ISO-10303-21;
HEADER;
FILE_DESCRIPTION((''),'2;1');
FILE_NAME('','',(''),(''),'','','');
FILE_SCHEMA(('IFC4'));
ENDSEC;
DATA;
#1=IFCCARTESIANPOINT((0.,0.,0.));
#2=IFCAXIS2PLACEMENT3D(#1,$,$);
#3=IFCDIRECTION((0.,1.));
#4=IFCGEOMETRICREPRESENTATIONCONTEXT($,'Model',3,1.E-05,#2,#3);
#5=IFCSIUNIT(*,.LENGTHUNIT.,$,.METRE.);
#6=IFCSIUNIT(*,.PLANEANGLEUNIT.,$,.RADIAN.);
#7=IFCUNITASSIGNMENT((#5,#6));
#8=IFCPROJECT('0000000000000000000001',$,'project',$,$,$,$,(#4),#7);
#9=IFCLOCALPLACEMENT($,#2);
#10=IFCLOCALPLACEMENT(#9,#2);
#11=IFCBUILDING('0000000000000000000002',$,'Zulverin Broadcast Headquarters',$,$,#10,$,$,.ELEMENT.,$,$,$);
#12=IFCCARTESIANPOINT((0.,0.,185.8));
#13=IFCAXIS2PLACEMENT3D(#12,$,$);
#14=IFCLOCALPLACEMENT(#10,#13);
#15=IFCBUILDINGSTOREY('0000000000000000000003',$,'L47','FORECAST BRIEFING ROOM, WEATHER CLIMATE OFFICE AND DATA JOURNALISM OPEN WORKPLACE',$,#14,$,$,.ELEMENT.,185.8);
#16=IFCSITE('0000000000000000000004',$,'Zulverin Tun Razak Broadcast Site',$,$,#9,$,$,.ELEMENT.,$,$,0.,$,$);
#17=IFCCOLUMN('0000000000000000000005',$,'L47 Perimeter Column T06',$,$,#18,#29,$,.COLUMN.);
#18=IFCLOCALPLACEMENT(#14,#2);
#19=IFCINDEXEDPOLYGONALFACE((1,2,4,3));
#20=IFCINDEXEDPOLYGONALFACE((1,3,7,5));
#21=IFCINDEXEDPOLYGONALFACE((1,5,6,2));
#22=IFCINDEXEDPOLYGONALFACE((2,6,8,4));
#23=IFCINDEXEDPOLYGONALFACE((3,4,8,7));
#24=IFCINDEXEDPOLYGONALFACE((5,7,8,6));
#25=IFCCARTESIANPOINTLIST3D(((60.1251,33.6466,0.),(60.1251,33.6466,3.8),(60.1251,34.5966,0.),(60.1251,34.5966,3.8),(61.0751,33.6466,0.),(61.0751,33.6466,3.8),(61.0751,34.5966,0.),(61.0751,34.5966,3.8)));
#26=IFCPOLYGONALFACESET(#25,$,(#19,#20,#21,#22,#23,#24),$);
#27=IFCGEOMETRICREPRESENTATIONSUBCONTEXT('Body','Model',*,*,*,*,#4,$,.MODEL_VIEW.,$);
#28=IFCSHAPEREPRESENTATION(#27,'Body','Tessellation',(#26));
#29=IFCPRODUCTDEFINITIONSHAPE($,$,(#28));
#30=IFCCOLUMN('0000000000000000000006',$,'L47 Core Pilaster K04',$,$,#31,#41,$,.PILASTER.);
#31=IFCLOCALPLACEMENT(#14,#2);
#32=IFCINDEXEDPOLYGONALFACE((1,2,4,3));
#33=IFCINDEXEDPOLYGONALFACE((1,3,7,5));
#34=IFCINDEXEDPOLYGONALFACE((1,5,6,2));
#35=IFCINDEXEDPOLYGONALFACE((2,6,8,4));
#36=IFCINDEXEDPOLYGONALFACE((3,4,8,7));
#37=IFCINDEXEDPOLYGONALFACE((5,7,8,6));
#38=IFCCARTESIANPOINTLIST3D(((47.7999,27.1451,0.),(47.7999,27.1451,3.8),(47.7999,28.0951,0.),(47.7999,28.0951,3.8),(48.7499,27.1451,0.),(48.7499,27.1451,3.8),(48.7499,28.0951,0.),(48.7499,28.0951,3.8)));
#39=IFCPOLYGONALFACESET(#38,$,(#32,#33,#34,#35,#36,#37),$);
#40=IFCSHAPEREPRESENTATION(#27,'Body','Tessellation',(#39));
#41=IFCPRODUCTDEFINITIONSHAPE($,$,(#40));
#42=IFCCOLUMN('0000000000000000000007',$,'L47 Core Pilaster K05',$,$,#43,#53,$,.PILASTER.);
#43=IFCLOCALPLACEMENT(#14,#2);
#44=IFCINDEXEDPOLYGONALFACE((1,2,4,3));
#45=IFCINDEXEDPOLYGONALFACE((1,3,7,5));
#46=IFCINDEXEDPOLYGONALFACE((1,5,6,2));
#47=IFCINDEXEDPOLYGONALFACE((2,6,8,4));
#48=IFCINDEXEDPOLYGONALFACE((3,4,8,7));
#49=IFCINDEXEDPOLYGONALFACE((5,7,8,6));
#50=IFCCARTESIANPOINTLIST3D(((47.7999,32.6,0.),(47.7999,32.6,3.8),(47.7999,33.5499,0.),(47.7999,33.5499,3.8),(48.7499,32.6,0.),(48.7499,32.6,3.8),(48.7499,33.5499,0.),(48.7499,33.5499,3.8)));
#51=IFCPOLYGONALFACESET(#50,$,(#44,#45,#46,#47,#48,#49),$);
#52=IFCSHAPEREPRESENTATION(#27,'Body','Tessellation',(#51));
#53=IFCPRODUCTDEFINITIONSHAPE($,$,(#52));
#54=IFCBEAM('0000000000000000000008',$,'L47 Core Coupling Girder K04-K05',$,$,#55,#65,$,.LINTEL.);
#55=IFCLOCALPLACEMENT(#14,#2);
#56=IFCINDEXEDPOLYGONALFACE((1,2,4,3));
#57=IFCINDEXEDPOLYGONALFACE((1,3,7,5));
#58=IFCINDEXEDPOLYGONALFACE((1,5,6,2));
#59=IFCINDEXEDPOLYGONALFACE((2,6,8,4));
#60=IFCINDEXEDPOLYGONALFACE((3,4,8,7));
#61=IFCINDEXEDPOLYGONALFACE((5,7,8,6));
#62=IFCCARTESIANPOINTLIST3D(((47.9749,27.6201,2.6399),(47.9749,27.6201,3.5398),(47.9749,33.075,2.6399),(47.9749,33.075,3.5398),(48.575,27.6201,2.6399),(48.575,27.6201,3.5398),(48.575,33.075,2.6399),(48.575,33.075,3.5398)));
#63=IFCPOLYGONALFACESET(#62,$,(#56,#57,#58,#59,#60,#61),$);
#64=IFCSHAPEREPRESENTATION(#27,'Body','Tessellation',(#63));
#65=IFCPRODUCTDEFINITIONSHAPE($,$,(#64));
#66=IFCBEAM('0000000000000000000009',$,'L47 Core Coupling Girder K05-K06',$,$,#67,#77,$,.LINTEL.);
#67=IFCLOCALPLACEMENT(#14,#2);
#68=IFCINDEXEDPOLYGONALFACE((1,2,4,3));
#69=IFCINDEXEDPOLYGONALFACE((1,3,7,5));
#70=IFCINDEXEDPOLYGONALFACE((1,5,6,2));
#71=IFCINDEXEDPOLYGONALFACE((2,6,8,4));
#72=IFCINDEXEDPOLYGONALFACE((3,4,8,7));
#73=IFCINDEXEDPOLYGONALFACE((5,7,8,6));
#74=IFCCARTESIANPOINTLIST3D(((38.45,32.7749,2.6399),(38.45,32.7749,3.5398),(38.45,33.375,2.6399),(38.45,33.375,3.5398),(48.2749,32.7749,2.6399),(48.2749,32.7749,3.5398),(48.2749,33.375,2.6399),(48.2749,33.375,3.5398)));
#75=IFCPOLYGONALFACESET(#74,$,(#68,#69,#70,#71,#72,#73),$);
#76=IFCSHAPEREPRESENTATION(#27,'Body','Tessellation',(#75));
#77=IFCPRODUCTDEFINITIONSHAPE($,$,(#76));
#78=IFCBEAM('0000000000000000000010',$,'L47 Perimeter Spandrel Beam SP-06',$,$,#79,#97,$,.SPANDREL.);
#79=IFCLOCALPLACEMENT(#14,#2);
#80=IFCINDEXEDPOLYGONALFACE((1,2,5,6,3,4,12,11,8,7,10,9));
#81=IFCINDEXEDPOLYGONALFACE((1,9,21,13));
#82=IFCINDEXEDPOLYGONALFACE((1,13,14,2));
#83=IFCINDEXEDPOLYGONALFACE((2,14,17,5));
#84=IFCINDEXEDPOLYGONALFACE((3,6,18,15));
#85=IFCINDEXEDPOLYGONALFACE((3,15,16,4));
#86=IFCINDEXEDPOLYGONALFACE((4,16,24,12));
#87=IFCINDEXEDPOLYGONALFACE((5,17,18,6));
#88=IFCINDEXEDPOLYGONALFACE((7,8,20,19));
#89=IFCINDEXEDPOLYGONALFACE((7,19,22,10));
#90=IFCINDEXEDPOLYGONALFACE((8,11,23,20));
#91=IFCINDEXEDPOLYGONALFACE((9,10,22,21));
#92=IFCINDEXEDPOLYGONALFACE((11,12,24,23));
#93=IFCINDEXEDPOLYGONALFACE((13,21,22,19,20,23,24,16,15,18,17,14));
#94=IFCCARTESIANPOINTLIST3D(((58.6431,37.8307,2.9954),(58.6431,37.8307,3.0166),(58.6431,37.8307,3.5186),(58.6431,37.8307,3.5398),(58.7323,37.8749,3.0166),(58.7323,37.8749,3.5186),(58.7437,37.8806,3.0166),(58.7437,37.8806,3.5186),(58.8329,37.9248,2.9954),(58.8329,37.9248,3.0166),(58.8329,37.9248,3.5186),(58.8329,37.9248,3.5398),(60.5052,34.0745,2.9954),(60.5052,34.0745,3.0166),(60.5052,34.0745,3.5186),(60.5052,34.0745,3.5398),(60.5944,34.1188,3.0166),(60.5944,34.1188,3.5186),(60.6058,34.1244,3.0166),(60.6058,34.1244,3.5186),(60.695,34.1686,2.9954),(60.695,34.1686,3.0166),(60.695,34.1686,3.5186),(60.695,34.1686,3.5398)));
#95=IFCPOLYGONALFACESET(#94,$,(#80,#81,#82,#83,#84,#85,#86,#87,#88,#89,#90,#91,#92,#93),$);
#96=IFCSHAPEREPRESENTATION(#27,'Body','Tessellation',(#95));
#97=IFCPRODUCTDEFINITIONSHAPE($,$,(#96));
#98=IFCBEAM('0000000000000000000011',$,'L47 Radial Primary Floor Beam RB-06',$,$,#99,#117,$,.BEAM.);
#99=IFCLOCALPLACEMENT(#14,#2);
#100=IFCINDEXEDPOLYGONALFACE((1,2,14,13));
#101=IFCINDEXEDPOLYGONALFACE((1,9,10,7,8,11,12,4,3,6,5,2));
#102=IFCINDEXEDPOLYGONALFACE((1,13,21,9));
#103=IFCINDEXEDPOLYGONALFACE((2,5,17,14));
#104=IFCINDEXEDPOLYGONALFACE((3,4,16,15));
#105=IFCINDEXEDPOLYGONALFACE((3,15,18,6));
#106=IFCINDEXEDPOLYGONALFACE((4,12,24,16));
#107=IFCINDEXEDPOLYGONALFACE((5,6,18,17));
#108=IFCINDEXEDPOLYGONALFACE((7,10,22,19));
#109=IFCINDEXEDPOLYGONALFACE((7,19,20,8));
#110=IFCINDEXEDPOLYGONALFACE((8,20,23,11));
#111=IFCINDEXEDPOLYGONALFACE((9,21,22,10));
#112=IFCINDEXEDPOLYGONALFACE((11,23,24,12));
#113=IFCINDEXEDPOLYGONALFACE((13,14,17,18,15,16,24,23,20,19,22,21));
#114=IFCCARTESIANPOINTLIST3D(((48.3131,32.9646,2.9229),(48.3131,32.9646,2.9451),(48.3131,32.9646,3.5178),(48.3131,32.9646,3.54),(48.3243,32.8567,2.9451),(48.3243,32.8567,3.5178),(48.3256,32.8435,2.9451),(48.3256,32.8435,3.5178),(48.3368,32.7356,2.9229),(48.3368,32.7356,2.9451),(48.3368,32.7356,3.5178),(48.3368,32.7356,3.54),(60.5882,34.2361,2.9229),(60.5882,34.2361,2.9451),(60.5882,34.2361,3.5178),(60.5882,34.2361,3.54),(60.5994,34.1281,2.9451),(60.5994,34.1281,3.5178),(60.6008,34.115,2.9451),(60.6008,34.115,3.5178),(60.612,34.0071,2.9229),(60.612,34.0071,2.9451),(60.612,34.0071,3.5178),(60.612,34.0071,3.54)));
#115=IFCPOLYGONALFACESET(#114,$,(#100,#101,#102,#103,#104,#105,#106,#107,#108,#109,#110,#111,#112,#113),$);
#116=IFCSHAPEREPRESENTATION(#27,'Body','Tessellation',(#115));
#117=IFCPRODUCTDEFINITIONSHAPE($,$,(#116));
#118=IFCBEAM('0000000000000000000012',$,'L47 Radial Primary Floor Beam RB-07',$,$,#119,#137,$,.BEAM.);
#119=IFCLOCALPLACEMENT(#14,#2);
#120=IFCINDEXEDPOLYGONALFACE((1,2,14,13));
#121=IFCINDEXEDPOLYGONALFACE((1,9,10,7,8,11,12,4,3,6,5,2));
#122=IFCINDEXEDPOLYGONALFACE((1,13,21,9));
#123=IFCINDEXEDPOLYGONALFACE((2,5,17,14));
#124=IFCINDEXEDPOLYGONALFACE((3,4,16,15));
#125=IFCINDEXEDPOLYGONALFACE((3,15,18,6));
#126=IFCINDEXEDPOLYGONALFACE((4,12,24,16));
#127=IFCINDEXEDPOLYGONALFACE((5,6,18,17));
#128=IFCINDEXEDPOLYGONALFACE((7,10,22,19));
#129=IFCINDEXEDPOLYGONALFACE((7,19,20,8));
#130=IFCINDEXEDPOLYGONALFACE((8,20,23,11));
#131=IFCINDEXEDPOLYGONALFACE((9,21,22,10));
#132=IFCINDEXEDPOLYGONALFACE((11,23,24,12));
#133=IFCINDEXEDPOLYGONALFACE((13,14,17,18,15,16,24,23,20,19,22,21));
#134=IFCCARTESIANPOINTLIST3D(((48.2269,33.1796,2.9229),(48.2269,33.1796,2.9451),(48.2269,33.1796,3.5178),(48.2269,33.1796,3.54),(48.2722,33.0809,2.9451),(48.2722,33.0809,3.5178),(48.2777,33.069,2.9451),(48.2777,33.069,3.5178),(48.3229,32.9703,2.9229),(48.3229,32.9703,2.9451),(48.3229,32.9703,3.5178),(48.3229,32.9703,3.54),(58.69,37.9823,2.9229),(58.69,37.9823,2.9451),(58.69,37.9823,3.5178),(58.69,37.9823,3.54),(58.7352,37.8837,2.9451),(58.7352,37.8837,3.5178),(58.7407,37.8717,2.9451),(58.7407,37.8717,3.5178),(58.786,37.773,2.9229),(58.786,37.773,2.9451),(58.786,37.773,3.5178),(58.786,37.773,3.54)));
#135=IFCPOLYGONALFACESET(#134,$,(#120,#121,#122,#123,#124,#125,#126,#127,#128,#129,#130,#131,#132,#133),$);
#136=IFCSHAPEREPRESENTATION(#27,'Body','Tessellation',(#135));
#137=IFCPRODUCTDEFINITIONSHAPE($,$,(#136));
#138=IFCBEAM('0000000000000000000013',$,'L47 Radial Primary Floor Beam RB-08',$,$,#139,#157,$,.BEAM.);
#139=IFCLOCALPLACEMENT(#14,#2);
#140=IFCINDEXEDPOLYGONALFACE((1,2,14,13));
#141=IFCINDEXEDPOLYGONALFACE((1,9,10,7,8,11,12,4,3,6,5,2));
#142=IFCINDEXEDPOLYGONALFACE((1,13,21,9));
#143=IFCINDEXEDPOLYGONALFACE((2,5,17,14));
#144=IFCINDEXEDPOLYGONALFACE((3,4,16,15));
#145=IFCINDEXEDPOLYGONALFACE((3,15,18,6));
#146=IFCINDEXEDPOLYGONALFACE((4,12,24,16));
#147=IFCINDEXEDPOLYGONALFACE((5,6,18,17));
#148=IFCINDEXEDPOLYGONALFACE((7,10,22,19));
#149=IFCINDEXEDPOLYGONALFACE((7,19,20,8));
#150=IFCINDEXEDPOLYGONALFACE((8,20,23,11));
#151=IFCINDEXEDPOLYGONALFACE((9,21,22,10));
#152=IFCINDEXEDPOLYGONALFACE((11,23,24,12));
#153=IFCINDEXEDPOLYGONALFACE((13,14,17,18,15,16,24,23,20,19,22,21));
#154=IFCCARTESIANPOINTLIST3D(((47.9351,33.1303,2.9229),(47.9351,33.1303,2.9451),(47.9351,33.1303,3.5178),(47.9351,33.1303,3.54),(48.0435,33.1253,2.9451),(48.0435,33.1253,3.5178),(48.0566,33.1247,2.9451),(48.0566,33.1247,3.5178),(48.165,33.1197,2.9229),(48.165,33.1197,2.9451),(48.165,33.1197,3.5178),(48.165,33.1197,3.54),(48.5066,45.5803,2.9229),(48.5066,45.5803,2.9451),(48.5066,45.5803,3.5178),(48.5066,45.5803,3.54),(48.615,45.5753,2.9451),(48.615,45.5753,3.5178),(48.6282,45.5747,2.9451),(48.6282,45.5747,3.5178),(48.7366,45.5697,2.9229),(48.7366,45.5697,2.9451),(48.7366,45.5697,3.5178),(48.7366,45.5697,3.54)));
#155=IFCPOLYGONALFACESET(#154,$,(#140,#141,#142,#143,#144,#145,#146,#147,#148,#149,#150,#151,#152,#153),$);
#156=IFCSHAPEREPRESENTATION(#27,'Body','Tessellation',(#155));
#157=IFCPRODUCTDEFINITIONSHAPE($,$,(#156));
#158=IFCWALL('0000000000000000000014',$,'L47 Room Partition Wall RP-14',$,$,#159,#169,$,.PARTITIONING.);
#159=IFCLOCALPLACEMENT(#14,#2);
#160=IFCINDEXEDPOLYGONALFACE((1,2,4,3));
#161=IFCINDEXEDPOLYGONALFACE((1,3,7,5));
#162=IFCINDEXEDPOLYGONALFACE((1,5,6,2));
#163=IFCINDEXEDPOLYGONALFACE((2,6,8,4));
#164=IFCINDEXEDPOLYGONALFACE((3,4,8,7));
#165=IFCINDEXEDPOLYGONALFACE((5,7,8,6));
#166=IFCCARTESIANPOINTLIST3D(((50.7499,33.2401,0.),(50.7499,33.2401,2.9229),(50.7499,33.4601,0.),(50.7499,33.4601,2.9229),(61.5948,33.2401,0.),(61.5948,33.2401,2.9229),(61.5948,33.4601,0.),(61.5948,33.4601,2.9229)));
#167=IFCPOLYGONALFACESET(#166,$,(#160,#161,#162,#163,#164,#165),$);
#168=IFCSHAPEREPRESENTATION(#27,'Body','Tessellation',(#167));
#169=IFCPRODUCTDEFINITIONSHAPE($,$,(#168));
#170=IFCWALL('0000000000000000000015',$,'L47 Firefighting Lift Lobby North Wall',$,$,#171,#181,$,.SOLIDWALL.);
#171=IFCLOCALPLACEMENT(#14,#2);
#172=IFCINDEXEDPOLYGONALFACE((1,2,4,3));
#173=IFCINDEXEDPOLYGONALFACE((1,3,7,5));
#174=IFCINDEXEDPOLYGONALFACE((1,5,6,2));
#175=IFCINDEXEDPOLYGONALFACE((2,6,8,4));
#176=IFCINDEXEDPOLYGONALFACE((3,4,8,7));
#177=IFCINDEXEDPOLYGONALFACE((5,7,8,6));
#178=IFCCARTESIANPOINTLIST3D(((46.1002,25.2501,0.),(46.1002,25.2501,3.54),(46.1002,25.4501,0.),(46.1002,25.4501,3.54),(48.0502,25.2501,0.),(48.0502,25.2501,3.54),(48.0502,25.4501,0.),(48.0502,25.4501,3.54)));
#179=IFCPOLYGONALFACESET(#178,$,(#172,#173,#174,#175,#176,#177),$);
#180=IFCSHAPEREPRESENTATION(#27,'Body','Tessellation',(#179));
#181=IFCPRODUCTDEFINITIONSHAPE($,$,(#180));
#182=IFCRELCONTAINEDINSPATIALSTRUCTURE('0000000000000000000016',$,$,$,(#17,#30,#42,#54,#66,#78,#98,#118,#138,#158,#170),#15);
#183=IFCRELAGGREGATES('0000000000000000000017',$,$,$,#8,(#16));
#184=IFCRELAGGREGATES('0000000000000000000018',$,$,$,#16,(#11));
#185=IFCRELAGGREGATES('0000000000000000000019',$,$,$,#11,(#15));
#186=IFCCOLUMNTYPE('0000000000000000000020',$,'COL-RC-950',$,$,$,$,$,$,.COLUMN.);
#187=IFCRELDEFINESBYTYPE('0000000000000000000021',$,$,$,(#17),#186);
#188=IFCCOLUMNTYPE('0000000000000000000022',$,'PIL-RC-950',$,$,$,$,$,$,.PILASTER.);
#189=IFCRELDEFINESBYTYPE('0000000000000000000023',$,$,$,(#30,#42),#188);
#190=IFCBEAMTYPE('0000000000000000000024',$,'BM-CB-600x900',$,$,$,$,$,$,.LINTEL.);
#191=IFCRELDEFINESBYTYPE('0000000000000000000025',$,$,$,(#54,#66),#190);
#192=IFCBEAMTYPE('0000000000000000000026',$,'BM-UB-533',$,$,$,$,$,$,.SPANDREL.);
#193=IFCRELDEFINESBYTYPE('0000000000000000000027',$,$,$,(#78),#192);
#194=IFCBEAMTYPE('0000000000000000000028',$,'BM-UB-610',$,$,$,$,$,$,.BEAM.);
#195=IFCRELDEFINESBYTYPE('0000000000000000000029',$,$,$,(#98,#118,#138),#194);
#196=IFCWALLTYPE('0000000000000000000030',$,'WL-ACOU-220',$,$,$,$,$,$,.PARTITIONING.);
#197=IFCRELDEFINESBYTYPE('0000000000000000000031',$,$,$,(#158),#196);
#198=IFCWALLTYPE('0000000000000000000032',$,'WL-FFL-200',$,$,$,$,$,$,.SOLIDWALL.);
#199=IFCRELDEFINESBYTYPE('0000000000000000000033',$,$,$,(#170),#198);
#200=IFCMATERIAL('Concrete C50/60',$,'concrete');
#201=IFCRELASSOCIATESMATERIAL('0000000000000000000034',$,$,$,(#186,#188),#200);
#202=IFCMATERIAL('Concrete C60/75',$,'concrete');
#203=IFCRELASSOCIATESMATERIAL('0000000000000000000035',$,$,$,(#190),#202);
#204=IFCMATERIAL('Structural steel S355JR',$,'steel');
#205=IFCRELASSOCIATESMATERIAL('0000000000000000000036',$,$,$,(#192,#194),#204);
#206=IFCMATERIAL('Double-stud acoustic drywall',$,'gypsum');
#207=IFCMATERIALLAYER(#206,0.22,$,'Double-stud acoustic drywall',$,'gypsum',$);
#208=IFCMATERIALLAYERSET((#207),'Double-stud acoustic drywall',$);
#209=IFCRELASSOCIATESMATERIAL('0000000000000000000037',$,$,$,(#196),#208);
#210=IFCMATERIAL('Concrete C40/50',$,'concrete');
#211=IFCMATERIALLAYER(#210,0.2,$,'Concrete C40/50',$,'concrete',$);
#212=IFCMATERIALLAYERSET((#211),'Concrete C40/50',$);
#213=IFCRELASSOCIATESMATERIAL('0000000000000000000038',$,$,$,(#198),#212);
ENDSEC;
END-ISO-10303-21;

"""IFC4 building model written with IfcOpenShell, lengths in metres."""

from ifc_helpers import new_model, si_unit, direction, frame, frame_2d, origin, origin_2d, place, context, subcontext, project, spatial, rectangle, i_section, extrude, material, layer, layer_set, material_profile, profile_set, type_object, element, save


model = new_model("IFC4")

# Units and contexts
model_context = context("Model", 3, precision=1e-05, world=origin(), true_north=direction((0.0, 1.0)))
body_context = subcontext(model_context, "Body", "Model", "MODEL_VIEW")
ifc_project = project(units=[si_unit("LENGTHUNIT", "METRE"), si_unit("PLANEANGLEUNIT", "RADIAN")], contexts=[model_context])

# Site, building, storey
site_placement = place(None, origin())
site = spatial("IfcSite", under=ifc_project, at=site_placement, Name="Zulverin Tun Razak Broadcast Site", CompositionType="ELEMENT", RefElevation=0.0)
building_placement = place(site_placement, origin())
building = spatial("IfcBuilding", under=site, at=building_placement, Name="Zulverin Broadcast Headquarters", CompositionType="ELEMENT")
storey_placement = place(building_placement, frame((0.0, 0.0, 185.8)))
storey = spatial("IfcBuildingStorey", under=building, at=storey_placement, Name="L47", Description="FORECAST BRIEFING ROOM, WEATHER CLIMATE OFFICE AND DATA JOURNALISM OPEN WORKPLACE", CompositionType="ELEMENT", Elevation=185.8)

# Columns
ifc_material_1 = material(Name="Concrete C50/60", Category="concrete")
ifc_material_profile_1 = material_profile(ifc_material_1, rectangle(XDim=0.95, YDim=0.95, at=origin_2d()), Name="Concrete C50/60", Category="concrete")
ifc_profile_set_1 = profile_set([ifc_material_profile_1], Name="Concrete C50/60")
column_type_1 = type_object("IfcColumnType", Name="COL-RC-950", PredefinedType="COLUMN", material=ifc_profile_set_1)
column_placement = place(storey_placement, frame((60.6001, 34.1216, 0.0), z_axis=(0.0, 0.0, 1.0), x_axis=(1.0, 0.0, 0.0)))
element("IfcColumn", 1, at=column_placement, inside=storey, type_object=column_type_1, Name="L47 Perimeter Column T06", PredefinedType="COLUMN", context=body_context, shape_type="SweptSolid", body=[
    extrude(rectangle(XDim=0.95, YDim=0.95, at=origin_2d()), origin(), (0.0, 0.0, 1.0), 3.8),
])
ifc_material_profile_2 = material_profile(ifc_material_1, rectangle(XDim=0.95, YDim=0.95, at=origin_2d()), Name="Concrete C50/60", Category="concrete")
ifc_profile_set_2 = profile_set([ifc_material_profile_2], Name="Concrete C50/60")
column_type_2 = type_object("IfcColumnType", Name="PIL-RC-950", PredefinedType="PILASTER", material=ifc_profile_set_2)
for number, where, z_axis, x_axis, name in (
    (2, (48.2749, 27.6201, 0.0), (0.0, 0.0, 1.0), (1.0, 0.0, 0.0), "L47 Core Pilaster K04"),
    (3, (48.2749, 33.075, 0.0), (0.0, 0.0, 1.0), (1.0, 0.0, 0.0), "L47 Core Pilaster K05"),
):
    element("IfcColumn", number, at=place(storey_placement, frame(where, z_axis=z_axis, x_axis=x_axis)), inside=storey, type_object=column_type_2, Name=name, PredefinedType="PILASTER", context=body_context, shape_type="SweptSolid", body=[
        extrude(rectangle(XDim=0.95, YDim=0.95, at=origin_2d()), origin(), (0.0, 0.0, 1.0), 3.8),
    ])

# Beams
ifc_material_2 = material(Name="Concrete C60/75", Category="concrete")
ifc_material_profile_3 = material_profile(ifc_material_2, rectangle(XDim=0.6001, YDim=0.8999, at=origin_2d()), Name="Concrete C60/75", Category="concrete")
ifc_profile_set_3 = profile_set([ifc_material_profile_3], Name="Concrete C60/75")
beam_type_1 = type_object("IfcBeamType", Name="BM-CB-600x900", PredefinedType="LINTEL", material=ifc_profile_set_3)
beam_1_placement = place(storey_placement, frame((48.2749, 27.6201, 3.0898), z_axis=(0.0, 1.0, 0.0), x_axis=(-1.0, 0.0, 0.0)))
element("IfcBeam", 4, at=beam_1_placement, inside=storey, type_object=beam_type_1, Name="L47 Core Coupling Girder K04-K05", PredefinedType="LINTEL", context=body_context, shape_type="SweptSolid", body=[
    extrude(rectangle(XDim=0.6001, YDim=0.8999, at=origin_2d()), origin(), (0.0, 0.0, 1.0), 5.4548),
])
beam_2_placement = place(storey_placement, frame((48.2749, 33.075, 3.0898), z_axis=(-1.0, 0.0, 0.0), x_axis=(0.0, -1.0, 0.0)))
element("IfcBeam", 5, at=beam_2_placement, inside=storey, type_object=beam_type_1, Name="L47 Core Coupling Girder K05-K06", PredefinedType="LINTEL", context=body_context, shape_type="SweptSolid", body=[
    extrude(rectangle(XDim=0.6001, YDim=0.8999, at=origin_2d()), origin(), (0.0, 0.0, 1.0), 9.825),
])
ifc_material_3 = material(Name="Structural steel S355JR", Category="steel")
ifc_material_profile_4 = material_profile(ifc_material_3, i_section(OverallWidth=0.2119, OverallDepth=0.5444, WebThickness=0.0127, FlangeThickness=0.0212, at=origin_2d()), Name="Structural steel S355JR", Category="steel")
ifc_profile_set_4 = profile_set([ifc_material_profile_4], Name="Structural steel S355JR")
beam_type_2 = type_object("IfcBeamType", Name="BM-UB-533", PredefinedType="SPANDREL", material=ifc_profile_set_4)
beam_3_placement = place(storey_placement, frame((60.6001, 34.1216, 3.2676), z_axis=(-0.444159, 0.895948, 0.0), x_axis=(-0.895948, -0.444159, 0.0)))
element("IfcBeam", 6, at=beam_3_placement, inside=storey, type_object=beam_type_2, Name="L47 Perimeter Spandrel Beam SP-06", PredefinedType="SPANDREL", context=body_context, shape_type="SweptSolid", body=[
    extrude(i_section(OverallWidth=0.2119, OverallDepth=0.5444, WebThickness=0.0127, FlangeThickness=0.0212, at=origin_2d()), origin(), (0.0, 0.0, 1.0), 4.1924),
])
ifc_material_profile_5 = material_profile(ifc_material_3, i_section(OverallWidth=0.2302, OverallDepth=0.6172, WebThickness=0.0132, FlangeThickness=0.0222, at=origin_2d()), Name="Structural steel S355JR", Category="steel")
ifc_profile_set_5 = profile_set([ifc_material_profile_5], Name="Structural steel S355JR")
beam_type_3 = type_object("IfcBeamType", Name="BM-UB-610", PredefinedType="BEAM", material=ifc_profile_set_5)
beam_4_placement = place(storey_placement, frame((48.325, 32.8501, 3.2314), z_axis=(0.994678, 0.103031, 0.0), x_axis=(-0.103031, 0.994678, 0.0)))
element("IfcBeam", 7, at=beam_4_placement, inside=storey, type_object=beam_type_3, Name="L47 Radial Primary Floor Beam RB-06", PredefinedType="BEAM", context=body_context, shape_type="SweptSolid", body=[
    extrude(i_section(OverallWidth=0.2302, OverallDepth=0.6172, WebThickness=0.0132, FlangeThickness=0.0222, at=origin_2d()), origin(), (0.0, 0.0, 1.0), 12.3408),
])
beam_5_placement = place(storey_placement, frame((48.2749, 33.075, 3.2314), z_axis=(0.90883, 0.417167, 0.0), x_axis=(-0.417167, 0.90883, 0.0)))
element("IfcBeam", 8, at=beam_5_placement, inside=storey, type_object=beam_type_3, Name="L47 Radial Primary Floor Beam RB-07", PredefinedType="BEAM", context=body_context, shape_type="SweptSolid", body=[
    extrude(i_section(OverallWidth=0.2302, OverallDepth=0.6172, WebThickness=0.0132, FlangeThickness=0.0222, at=origin_2d()), origin(), (0.0, 0.0, 1.0), 11.5127),
])
beam_6_placement = place(storey_placement, frame((48.05, 33.125, 3.2314), z_axis=(0.045858, 0.998948, 0.0), x_axis=(-0.998948, 0.045858, 0.0)))
element("IfcBeam", 9, at=beam_6_placement, inside=storey, type_object=beam_type_3, Name="L47 Radial Primary Floor Beam RB-08", PredefinedType="BEAM", context=body_context, shape_type="SweptSolid", body=[
    extrude(i_section(OverallWidth=0.2302, OverallDepth=0.6172, WebThickness=0.0132, FlangeThickness=0.0222, at=origin_2d()), origin(), (0.0, 0.0, 1.0), 12.4631),
])

# Walls
ifc_material_4 = material(Name="Double-stud acoustic drywall", Category="gypsum")
ifc_layer_1 = layer(ifc_material_4, 0.22, Name="Double-stud acoustic drywall", Category="gypsum")
ifc_layer_set_1 = layer_set([ifc_layer_1], Name="Double-stud acoustic drywall")
wall_type_1 = type_object("IfcWallType", Name="WL-ACOU-220", PredefinedType="PARTITIONING", material=ifc_layer_set_1)
wall_1_placement = place(storey_placement, frame((50.75, 33.3501, 0.0), z_axis=(0.0, 0.0, 1.0), x_axis=(1.0, 0.0, 0.0)))
element("IfcWall", 10, at=wall_1_placement, inside=storey, type_object=wall_type_1, Name="L47 Room Partition Wall RP-14", PredefinedType="PARTITIONING", context=body_context, shape_type="SweptSolid", body=[
    extrude(rectangle(XDim=10.845, YDim=0.22, at=frame_2d((5.4224, 0.0))), origin(), (0.0, 0.0, 1.0), 2.9229),
])
ifc_material_5 = material(Name="Concrete C40/50", Category="concrete")
ifc_layer_2 = layer(ifc_material_5, 0.2, Name="Concrete C40/50", Category="concrete")
ifc_layer_set_2 = layer_set([ifc_layer_2], Name="Concrete C40/50")
wall_type_2 = type_object("IfcWallType", Name="WL-FFL-200", PredefinedType="SOLIDWALL", material=ifc_layer_set_2)
wall_2_placement = place(storey_placement, frame((46.1001, 25.3501, 0.0), z_axis=(0.0, 0.0, 1.0), x_axis=(1.0, 0.0, 0.0)))
element("IfcWall", 11, at=wall_2_placement, inside=storey, type_object=wall_type_2, Name="L47 Firefighting Lift Lobby North Wall", PredefinedType="SOLIDWALL", context=body_context, shape_type="SweptSolid", body=[
    extrude(rectangle(XDim=1.95, YDim=0.2, at=frame_2d((0.9751, 0.0))), origin(), (0.0, 0.0, 1.0), 3.54),
])

save(model, "model.ifc")
